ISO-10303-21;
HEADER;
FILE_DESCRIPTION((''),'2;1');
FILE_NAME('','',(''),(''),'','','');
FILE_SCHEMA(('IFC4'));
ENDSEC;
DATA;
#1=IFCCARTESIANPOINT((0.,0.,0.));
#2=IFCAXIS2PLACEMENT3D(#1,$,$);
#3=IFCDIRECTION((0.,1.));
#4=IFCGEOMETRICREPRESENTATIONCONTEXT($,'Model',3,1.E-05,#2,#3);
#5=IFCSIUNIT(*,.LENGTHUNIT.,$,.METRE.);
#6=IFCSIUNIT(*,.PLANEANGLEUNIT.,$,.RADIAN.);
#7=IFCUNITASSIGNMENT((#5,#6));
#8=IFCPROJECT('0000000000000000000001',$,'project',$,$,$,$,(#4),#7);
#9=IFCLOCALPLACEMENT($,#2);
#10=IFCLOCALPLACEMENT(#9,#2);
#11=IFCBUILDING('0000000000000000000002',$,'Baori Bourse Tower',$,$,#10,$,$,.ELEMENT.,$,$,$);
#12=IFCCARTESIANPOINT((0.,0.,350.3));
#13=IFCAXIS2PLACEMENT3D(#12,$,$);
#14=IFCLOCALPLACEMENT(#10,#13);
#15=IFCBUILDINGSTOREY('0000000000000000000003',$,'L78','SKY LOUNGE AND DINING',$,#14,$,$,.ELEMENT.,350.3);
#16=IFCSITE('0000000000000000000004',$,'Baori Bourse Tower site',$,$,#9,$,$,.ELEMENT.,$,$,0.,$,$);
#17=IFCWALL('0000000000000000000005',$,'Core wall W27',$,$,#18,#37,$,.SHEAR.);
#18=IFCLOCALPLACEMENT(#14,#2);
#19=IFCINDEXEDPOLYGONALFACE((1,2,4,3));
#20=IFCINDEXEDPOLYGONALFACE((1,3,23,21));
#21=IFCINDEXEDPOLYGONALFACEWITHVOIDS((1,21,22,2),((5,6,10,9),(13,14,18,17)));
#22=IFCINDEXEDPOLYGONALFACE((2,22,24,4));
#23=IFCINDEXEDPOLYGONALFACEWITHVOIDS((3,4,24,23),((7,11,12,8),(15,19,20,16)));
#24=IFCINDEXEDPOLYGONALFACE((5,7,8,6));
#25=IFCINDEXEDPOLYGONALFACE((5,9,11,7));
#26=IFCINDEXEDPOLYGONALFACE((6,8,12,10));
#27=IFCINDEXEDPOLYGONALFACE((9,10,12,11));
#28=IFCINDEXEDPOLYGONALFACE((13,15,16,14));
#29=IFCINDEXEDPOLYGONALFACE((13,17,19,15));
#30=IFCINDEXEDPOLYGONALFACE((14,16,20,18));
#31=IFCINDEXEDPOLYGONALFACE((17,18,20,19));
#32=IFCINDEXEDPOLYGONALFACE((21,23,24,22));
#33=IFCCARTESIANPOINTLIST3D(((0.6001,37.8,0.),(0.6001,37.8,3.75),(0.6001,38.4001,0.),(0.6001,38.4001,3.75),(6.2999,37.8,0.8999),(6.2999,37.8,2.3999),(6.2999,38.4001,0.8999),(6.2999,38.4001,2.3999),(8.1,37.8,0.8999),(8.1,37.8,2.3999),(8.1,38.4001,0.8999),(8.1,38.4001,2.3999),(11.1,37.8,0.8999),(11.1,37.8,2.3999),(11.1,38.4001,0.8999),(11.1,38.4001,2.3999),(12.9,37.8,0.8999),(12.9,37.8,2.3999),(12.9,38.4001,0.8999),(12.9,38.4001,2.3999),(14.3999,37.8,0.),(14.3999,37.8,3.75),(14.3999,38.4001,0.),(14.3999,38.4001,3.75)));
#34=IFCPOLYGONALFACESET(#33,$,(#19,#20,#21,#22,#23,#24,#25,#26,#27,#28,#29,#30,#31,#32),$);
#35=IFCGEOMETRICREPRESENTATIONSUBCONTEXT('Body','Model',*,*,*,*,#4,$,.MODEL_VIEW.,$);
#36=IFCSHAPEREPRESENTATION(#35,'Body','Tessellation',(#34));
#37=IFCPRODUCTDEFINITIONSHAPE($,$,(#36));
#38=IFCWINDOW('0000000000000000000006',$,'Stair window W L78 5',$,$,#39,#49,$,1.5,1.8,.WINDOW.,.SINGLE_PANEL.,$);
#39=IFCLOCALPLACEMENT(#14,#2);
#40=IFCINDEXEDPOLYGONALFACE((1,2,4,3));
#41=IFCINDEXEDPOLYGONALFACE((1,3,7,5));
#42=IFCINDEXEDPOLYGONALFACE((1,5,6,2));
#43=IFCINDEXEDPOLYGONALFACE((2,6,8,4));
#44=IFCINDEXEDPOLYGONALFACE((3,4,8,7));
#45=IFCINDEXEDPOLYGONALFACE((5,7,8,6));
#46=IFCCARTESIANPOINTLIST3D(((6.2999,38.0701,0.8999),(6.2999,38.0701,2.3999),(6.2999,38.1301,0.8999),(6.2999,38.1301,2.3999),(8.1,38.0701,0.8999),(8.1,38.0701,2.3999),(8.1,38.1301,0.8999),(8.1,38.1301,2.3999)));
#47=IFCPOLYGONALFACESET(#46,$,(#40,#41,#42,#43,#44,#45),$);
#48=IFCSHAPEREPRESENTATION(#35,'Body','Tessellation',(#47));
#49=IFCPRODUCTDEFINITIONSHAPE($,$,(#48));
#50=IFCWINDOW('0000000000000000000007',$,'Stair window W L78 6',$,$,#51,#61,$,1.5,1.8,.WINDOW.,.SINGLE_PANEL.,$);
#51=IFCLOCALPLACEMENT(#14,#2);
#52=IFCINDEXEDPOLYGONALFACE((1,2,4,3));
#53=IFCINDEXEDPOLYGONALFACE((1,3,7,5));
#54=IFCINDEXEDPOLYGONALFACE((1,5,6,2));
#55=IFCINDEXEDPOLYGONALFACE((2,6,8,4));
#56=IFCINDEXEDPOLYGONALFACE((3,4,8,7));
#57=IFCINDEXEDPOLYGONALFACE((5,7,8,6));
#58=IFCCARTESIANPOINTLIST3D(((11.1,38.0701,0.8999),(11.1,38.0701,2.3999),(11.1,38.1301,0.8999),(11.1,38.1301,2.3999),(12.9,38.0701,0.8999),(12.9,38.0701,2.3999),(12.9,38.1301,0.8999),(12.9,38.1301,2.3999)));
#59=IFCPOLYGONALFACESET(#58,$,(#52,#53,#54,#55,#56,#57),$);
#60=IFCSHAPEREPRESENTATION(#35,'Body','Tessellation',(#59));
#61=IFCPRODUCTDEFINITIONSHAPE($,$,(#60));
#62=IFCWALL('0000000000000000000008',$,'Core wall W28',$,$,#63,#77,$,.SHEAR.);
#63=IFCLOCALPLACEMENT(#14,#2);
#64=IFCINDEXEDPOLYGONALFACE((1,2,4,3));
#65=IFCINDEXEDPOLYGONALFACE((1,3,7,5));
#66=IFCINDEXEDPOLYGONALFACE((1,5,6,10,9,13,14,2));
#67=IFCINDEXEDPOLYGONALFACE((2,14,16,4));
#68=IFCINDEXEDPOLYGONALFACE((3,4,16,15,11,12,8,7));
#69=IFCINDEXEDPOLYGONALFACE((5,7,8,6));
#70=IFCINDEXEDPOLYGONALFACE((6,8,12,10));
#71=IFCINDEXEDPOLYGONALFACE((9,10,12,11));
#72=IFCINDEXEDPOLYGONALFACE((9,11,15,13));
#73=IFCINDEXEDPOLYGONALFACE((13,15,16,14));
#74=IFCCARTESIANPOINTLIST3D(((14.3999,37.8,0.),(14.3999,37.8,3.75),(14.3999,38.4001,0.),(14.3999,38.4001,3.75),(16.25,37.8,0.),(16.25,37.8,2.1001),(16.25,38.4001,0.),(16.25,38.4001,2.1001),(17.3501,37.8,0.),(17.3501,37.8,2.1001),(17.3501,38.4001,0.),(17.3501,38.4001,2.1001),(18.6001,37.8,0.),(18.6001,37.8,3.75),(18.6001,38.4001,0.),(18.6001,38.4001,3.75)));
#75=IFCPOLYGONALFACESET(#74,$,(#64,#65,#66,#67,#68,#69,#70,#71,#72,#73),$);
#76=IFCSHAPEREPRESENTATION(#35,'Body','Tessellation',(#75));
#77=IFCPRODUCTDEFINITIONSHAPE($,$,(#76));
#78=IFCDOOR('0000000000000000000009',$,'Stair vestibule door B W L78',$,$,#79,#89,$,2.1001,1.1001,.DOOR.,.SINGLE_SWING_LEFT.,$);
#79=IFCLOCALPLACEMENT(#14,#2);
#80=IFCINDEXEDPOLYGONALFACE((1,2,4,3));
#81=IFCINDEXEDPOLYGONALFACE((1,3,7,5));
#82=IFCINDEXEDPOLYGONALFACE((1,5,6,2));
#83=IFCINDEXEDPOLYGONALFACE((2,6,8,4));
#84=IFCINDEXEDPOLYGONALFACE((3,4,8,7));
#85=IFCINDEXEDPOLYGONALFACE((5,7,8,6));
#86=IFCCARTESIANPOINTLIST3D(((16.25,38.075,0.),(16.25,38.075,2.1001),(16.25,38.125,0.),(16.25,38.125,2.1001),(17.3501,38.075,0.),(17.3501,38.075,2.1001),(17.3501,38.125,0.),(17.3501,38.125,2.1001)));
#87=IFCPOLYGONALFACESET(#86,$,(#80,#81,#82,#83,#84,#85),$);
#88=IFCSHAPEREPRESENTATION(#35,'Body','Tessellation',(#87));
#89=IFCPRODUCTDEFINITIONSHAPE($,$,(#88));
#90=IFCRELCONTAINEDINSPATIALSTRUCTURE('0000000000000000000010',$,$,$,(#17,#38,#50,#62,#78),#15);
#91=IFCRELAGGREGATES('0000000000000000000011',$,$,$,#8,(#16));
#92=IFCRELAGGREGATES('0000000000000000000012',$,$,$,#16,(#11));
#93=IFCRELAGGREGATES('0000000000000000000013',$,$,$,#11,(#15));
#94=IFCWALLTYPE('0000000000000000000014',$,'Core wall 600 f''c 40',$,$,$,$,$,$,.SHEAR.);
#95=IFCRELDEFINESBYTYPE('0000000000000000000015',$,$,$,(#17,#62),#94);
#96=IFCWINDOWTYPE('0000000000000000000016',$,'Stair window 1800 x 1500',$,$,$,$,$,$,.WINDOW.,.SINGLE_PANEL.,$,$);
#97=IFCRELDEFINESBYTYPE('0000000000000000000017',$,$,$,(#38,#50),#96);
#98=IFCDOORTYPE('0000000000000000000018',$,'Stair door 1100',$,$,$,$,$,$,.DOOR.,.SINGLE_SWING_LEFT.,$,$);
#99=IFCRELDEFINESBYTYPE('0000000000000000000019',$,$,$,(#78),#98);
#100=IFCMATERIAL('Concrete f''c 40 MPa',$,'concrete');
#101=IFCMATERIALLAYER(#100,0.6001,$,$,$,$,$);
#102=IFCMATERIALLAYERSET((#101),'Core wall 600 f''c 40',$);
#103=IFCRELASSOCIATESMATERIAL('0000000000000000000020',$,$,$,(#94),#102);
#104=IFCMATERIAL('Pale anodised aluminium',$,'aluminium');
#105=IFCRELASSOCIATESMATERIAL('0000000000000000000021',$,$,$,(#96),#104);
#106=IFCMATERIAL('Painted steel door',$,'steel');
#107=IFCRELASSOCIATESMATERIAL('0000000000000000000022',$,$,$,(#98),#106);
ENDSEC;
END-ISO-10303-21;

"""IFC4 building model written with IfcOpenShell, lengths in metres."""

from ifc_helpers import new_model, si_unit, direction, frame, frame_2d, origin, place, context, subcontext, project, spatial, rectangle, extrude, material, layer, layer_set, type_object, element, fill, save


model = new_model("IFC4")

# Units and contexts
model_context = context("Model", 3, precision=1e-05, world=origin(), true_north=direction((0.0, 1.0)))
body_context = subcontext(model_context, "Body", "Model", "MODEL_VIEW")
ifc_project = project(units=[si_unit("LENGTHUNIT", "METRE"), si_unit("PLANEANGLEUNIT", "RADIAN")], contexts=[model_context])

# Site, building, storey
site_placement = place(None, origin())
site = spatial("IfcSite", under=ifc_project, at=site_placement, Name="Baori Bourse Tower site", CompositionType="ELEMENT", RefElevation=0.0)
building_placement = place(site_placement, origin())
building = spatial("IfcBuilding", under=site, at=building_placement, Name="Baori Bourse Tower", CompositionType="ELEMENT")
storey_placement = place(building_placement, frame((0.0, 0.0, 350.3)))
storey = spatial("IfcBuildingStorey", under=building, at=storey_placement, Name="L78", Description="SKY LOUNGE AND DINING", CompositionType="ELEMENT", Elevation=350.3)

# Wall, openings, windows
ifc_material_1 = material(Name="Concrete f'c 40 MPa", Category="concrete")
ifc_layer_1 = layer(ifc_material_1, 0.6001)
ifc_layer_set_1 = layer_set([ifc_layer_1], Name="Core wall 600 f'c 40")
wall_type_1 = type_object("IfcWallType", Name="Core wall 600 f'c 40", PredefinedType="SHEAR", material=ifc_layer_set_1)
wall_1_placement = place(storey_placement, frame((0.6001, 38.1001, 0.0), z_axis=(0.0, 0.0, 1.0), x_axis=(1.0, 0.0, 0.0)))
wall_1 = element("IfcWall", 1, at=wall_1_placement, inside=storey, type_object=wall_type_1, Name="Core wall W27", PredefinedType="SHEAR", context=body_context, shape_type="SweptSolid", body=[
    extrude(rectangle(XDim=13.7998, YDim=0.6001, at=frame_2d((6.8999, 0.0))), origin(), (0.0, 0.0, 1.0), 3.75),
])
opening_1_placement = place(wall_1_placement, frame((5.7, 0.0, 0.8999)))
opening_1 = element("IfcOpeningElement", 2, at=opening_1_placement, cuts=wall_1, PredefinedType="OPENING", context=body_context, shape_type="SweptSolid", body=[
    extrude(rectangle(XDim=1.8, YDim=1.5, at=frame_2d((0.8999, 0.75))), frame((0.0, 0.3101, 0.0), z_axis=(0.0, -1.0, 0.0), x_axis=(1.0, 0.0, 0.0)), (0.0, 0.0, 1.0), 0.6201),
])
opening_2_placement = place(wall_1_placement, frame((10.5, 0.0, 0.8999)))
opening_2 = element("IfcOpeningElement", 3, at=opening_2_placement, cuts=wall_1, PredefinedType="OPENING", context=body_context, shape_type="SweptSolid", body=[
    extrude(rectangle(XDim=1.8, YDim=1.5, at=frame_2d((0.8999, 0.75))), frame((0.0, 0.3101, 0.0), z_axis=(0.0, -1.0, 0.0), x_axis=(1.0, 0.0, 0.0)), (0.0, 0.0, 1.0), 0.6201),
])
ifc_material_2 = material(Name="Pale anodised aluminium", Category="aluminium")
window_type = type_object("IfcWindowType", Name="Stair window 1800 x 1500", PartitioningType="SINGLE_PANEL", PredefinedType="WINDOW", material=ifc_material_2)
window_1_placement = place(opening_1_placement, origin())
window_1 = element("IfcWindow", 4, at=window_1_placement, inside=storey, type_object=window_type, Name="Stair window W L78 5", OverallHeight=1.5, OverallWidth=1.8, PartitioningType="SINGLE_PANEL", PredefinedType="WINDOW", context=body_context, shape_type="SweptSolid", body=[
    extrude(rectangle(XDim=1.8, YDim=1.5, at=frame_2d((0.8999, 0.75))), frame((0.0, 0.03, 0.0), z_axis=(0.0, -1.0, 0.0), x_axis=(1.0, 0.0, 0.0)), (0.0, 0.0, 1.0), 0.0601),
])
fill(opening_1, window_1)
window_2_placement = place(opening_2_placement, origin())
window_2 = element("IfcWindow", 5, at=window_2_placement, inside=storey, type_object=window_type, Name="Stair window W L78 6", OverallHeight=1.5, OverallWidth=1.8, PartitioningType="SINGLE_PANEL", PredefinedType="WINDOW", context=body_context, shape_type="SweptSolid", body=[
    extrude(rectangle(XDim=1.8, YDim=1.5, at=frame_2d((0.8999, 0.75))), frame((0.0, 0.03, 0.0), z_axis=(0.0, -1.0, 0.0), x_axis=(1.0, 0.0, 0.0)), (0.0, 0.0, 1.0), 0.0601),
])
fill(opening_2, window_2)

# Wall, opening, door
wall_2_placement = place(storey_placement, frame((14.3999, 38.1001, 0.0), z_axis=(0.0, 0.0, 1.0), x_axis=(1.0, 0.0, 0.0)))
wall_2 = element("IfcWall", 6, at=wall_2_placement, inside=storey, type_object=wall_type_1, Name="Core wall W28", PredefinedType="SHEAR", context=body_context, shape_type="SweptSolid", body=[
    extrude(rectangle(XDim=4.2002, YDim=0.6001, at=frame_2d((2.1001, 0.0))), origin(), (0.0, 0.0, 1.0), 3.75),
])
opening_3_placement = place(wall_2_placement, frame((1.8501, 0.0, 0.0)))
opening_3 = element("IfcOpeningElement", 7, at=opening_3_placement, cuts=wall_2, PredefinedType="OPENING", context=body_context, shape_type="SweptSolid", body=[
    extrude(rectangle(XDim=1.1001, YDim=2.1001, at=frame_2d((0.55, 1.05))), frame((0.0, 0.3101, 0.0), z_axis=(0.0, -1.0, 0.0), x_axis=(1.0, 0.0, 0.0)), (0.0, 0.0, 1.0), 0.6201),
])
ifc_material_3 = material(Name="Painted steel door", Category="steel")
door_type_1 = type_object("IfcDoorType", Name="Stair door 1100", OperationType="SINGLE_SWING_LEFT", PredefinedType="DOOR", material=ifc_material_3)
door_1_placement = place(opening_3_placement, origin())
door_1 = element("IfcDoor", 8, at=door_1_placement, inside=storey, type_object=door_type_1, Name="Stair vestibule door B W L78", OperationType="SINGLE_SWING_LEFT", OverallHeight=2.1001, OverallWidth=1.1001, PredefinedType="DOOR", context=body_context, shape_type="SweptSolid", body=[
    extrude(rectangle(XDim=1.1001, YDim=2.1001, at=frame_2d((0.55, 1.05))), frame((0.0, 0.0249, 0.0), z_axis=(0.0, -1.0, 0.0), x_axis=(1.0, 0.0, 0.0)), (0.0, 0.0, 1.0), 0.05),
])
fill(opening_3, door_1)

save(model, "model.ifc")
